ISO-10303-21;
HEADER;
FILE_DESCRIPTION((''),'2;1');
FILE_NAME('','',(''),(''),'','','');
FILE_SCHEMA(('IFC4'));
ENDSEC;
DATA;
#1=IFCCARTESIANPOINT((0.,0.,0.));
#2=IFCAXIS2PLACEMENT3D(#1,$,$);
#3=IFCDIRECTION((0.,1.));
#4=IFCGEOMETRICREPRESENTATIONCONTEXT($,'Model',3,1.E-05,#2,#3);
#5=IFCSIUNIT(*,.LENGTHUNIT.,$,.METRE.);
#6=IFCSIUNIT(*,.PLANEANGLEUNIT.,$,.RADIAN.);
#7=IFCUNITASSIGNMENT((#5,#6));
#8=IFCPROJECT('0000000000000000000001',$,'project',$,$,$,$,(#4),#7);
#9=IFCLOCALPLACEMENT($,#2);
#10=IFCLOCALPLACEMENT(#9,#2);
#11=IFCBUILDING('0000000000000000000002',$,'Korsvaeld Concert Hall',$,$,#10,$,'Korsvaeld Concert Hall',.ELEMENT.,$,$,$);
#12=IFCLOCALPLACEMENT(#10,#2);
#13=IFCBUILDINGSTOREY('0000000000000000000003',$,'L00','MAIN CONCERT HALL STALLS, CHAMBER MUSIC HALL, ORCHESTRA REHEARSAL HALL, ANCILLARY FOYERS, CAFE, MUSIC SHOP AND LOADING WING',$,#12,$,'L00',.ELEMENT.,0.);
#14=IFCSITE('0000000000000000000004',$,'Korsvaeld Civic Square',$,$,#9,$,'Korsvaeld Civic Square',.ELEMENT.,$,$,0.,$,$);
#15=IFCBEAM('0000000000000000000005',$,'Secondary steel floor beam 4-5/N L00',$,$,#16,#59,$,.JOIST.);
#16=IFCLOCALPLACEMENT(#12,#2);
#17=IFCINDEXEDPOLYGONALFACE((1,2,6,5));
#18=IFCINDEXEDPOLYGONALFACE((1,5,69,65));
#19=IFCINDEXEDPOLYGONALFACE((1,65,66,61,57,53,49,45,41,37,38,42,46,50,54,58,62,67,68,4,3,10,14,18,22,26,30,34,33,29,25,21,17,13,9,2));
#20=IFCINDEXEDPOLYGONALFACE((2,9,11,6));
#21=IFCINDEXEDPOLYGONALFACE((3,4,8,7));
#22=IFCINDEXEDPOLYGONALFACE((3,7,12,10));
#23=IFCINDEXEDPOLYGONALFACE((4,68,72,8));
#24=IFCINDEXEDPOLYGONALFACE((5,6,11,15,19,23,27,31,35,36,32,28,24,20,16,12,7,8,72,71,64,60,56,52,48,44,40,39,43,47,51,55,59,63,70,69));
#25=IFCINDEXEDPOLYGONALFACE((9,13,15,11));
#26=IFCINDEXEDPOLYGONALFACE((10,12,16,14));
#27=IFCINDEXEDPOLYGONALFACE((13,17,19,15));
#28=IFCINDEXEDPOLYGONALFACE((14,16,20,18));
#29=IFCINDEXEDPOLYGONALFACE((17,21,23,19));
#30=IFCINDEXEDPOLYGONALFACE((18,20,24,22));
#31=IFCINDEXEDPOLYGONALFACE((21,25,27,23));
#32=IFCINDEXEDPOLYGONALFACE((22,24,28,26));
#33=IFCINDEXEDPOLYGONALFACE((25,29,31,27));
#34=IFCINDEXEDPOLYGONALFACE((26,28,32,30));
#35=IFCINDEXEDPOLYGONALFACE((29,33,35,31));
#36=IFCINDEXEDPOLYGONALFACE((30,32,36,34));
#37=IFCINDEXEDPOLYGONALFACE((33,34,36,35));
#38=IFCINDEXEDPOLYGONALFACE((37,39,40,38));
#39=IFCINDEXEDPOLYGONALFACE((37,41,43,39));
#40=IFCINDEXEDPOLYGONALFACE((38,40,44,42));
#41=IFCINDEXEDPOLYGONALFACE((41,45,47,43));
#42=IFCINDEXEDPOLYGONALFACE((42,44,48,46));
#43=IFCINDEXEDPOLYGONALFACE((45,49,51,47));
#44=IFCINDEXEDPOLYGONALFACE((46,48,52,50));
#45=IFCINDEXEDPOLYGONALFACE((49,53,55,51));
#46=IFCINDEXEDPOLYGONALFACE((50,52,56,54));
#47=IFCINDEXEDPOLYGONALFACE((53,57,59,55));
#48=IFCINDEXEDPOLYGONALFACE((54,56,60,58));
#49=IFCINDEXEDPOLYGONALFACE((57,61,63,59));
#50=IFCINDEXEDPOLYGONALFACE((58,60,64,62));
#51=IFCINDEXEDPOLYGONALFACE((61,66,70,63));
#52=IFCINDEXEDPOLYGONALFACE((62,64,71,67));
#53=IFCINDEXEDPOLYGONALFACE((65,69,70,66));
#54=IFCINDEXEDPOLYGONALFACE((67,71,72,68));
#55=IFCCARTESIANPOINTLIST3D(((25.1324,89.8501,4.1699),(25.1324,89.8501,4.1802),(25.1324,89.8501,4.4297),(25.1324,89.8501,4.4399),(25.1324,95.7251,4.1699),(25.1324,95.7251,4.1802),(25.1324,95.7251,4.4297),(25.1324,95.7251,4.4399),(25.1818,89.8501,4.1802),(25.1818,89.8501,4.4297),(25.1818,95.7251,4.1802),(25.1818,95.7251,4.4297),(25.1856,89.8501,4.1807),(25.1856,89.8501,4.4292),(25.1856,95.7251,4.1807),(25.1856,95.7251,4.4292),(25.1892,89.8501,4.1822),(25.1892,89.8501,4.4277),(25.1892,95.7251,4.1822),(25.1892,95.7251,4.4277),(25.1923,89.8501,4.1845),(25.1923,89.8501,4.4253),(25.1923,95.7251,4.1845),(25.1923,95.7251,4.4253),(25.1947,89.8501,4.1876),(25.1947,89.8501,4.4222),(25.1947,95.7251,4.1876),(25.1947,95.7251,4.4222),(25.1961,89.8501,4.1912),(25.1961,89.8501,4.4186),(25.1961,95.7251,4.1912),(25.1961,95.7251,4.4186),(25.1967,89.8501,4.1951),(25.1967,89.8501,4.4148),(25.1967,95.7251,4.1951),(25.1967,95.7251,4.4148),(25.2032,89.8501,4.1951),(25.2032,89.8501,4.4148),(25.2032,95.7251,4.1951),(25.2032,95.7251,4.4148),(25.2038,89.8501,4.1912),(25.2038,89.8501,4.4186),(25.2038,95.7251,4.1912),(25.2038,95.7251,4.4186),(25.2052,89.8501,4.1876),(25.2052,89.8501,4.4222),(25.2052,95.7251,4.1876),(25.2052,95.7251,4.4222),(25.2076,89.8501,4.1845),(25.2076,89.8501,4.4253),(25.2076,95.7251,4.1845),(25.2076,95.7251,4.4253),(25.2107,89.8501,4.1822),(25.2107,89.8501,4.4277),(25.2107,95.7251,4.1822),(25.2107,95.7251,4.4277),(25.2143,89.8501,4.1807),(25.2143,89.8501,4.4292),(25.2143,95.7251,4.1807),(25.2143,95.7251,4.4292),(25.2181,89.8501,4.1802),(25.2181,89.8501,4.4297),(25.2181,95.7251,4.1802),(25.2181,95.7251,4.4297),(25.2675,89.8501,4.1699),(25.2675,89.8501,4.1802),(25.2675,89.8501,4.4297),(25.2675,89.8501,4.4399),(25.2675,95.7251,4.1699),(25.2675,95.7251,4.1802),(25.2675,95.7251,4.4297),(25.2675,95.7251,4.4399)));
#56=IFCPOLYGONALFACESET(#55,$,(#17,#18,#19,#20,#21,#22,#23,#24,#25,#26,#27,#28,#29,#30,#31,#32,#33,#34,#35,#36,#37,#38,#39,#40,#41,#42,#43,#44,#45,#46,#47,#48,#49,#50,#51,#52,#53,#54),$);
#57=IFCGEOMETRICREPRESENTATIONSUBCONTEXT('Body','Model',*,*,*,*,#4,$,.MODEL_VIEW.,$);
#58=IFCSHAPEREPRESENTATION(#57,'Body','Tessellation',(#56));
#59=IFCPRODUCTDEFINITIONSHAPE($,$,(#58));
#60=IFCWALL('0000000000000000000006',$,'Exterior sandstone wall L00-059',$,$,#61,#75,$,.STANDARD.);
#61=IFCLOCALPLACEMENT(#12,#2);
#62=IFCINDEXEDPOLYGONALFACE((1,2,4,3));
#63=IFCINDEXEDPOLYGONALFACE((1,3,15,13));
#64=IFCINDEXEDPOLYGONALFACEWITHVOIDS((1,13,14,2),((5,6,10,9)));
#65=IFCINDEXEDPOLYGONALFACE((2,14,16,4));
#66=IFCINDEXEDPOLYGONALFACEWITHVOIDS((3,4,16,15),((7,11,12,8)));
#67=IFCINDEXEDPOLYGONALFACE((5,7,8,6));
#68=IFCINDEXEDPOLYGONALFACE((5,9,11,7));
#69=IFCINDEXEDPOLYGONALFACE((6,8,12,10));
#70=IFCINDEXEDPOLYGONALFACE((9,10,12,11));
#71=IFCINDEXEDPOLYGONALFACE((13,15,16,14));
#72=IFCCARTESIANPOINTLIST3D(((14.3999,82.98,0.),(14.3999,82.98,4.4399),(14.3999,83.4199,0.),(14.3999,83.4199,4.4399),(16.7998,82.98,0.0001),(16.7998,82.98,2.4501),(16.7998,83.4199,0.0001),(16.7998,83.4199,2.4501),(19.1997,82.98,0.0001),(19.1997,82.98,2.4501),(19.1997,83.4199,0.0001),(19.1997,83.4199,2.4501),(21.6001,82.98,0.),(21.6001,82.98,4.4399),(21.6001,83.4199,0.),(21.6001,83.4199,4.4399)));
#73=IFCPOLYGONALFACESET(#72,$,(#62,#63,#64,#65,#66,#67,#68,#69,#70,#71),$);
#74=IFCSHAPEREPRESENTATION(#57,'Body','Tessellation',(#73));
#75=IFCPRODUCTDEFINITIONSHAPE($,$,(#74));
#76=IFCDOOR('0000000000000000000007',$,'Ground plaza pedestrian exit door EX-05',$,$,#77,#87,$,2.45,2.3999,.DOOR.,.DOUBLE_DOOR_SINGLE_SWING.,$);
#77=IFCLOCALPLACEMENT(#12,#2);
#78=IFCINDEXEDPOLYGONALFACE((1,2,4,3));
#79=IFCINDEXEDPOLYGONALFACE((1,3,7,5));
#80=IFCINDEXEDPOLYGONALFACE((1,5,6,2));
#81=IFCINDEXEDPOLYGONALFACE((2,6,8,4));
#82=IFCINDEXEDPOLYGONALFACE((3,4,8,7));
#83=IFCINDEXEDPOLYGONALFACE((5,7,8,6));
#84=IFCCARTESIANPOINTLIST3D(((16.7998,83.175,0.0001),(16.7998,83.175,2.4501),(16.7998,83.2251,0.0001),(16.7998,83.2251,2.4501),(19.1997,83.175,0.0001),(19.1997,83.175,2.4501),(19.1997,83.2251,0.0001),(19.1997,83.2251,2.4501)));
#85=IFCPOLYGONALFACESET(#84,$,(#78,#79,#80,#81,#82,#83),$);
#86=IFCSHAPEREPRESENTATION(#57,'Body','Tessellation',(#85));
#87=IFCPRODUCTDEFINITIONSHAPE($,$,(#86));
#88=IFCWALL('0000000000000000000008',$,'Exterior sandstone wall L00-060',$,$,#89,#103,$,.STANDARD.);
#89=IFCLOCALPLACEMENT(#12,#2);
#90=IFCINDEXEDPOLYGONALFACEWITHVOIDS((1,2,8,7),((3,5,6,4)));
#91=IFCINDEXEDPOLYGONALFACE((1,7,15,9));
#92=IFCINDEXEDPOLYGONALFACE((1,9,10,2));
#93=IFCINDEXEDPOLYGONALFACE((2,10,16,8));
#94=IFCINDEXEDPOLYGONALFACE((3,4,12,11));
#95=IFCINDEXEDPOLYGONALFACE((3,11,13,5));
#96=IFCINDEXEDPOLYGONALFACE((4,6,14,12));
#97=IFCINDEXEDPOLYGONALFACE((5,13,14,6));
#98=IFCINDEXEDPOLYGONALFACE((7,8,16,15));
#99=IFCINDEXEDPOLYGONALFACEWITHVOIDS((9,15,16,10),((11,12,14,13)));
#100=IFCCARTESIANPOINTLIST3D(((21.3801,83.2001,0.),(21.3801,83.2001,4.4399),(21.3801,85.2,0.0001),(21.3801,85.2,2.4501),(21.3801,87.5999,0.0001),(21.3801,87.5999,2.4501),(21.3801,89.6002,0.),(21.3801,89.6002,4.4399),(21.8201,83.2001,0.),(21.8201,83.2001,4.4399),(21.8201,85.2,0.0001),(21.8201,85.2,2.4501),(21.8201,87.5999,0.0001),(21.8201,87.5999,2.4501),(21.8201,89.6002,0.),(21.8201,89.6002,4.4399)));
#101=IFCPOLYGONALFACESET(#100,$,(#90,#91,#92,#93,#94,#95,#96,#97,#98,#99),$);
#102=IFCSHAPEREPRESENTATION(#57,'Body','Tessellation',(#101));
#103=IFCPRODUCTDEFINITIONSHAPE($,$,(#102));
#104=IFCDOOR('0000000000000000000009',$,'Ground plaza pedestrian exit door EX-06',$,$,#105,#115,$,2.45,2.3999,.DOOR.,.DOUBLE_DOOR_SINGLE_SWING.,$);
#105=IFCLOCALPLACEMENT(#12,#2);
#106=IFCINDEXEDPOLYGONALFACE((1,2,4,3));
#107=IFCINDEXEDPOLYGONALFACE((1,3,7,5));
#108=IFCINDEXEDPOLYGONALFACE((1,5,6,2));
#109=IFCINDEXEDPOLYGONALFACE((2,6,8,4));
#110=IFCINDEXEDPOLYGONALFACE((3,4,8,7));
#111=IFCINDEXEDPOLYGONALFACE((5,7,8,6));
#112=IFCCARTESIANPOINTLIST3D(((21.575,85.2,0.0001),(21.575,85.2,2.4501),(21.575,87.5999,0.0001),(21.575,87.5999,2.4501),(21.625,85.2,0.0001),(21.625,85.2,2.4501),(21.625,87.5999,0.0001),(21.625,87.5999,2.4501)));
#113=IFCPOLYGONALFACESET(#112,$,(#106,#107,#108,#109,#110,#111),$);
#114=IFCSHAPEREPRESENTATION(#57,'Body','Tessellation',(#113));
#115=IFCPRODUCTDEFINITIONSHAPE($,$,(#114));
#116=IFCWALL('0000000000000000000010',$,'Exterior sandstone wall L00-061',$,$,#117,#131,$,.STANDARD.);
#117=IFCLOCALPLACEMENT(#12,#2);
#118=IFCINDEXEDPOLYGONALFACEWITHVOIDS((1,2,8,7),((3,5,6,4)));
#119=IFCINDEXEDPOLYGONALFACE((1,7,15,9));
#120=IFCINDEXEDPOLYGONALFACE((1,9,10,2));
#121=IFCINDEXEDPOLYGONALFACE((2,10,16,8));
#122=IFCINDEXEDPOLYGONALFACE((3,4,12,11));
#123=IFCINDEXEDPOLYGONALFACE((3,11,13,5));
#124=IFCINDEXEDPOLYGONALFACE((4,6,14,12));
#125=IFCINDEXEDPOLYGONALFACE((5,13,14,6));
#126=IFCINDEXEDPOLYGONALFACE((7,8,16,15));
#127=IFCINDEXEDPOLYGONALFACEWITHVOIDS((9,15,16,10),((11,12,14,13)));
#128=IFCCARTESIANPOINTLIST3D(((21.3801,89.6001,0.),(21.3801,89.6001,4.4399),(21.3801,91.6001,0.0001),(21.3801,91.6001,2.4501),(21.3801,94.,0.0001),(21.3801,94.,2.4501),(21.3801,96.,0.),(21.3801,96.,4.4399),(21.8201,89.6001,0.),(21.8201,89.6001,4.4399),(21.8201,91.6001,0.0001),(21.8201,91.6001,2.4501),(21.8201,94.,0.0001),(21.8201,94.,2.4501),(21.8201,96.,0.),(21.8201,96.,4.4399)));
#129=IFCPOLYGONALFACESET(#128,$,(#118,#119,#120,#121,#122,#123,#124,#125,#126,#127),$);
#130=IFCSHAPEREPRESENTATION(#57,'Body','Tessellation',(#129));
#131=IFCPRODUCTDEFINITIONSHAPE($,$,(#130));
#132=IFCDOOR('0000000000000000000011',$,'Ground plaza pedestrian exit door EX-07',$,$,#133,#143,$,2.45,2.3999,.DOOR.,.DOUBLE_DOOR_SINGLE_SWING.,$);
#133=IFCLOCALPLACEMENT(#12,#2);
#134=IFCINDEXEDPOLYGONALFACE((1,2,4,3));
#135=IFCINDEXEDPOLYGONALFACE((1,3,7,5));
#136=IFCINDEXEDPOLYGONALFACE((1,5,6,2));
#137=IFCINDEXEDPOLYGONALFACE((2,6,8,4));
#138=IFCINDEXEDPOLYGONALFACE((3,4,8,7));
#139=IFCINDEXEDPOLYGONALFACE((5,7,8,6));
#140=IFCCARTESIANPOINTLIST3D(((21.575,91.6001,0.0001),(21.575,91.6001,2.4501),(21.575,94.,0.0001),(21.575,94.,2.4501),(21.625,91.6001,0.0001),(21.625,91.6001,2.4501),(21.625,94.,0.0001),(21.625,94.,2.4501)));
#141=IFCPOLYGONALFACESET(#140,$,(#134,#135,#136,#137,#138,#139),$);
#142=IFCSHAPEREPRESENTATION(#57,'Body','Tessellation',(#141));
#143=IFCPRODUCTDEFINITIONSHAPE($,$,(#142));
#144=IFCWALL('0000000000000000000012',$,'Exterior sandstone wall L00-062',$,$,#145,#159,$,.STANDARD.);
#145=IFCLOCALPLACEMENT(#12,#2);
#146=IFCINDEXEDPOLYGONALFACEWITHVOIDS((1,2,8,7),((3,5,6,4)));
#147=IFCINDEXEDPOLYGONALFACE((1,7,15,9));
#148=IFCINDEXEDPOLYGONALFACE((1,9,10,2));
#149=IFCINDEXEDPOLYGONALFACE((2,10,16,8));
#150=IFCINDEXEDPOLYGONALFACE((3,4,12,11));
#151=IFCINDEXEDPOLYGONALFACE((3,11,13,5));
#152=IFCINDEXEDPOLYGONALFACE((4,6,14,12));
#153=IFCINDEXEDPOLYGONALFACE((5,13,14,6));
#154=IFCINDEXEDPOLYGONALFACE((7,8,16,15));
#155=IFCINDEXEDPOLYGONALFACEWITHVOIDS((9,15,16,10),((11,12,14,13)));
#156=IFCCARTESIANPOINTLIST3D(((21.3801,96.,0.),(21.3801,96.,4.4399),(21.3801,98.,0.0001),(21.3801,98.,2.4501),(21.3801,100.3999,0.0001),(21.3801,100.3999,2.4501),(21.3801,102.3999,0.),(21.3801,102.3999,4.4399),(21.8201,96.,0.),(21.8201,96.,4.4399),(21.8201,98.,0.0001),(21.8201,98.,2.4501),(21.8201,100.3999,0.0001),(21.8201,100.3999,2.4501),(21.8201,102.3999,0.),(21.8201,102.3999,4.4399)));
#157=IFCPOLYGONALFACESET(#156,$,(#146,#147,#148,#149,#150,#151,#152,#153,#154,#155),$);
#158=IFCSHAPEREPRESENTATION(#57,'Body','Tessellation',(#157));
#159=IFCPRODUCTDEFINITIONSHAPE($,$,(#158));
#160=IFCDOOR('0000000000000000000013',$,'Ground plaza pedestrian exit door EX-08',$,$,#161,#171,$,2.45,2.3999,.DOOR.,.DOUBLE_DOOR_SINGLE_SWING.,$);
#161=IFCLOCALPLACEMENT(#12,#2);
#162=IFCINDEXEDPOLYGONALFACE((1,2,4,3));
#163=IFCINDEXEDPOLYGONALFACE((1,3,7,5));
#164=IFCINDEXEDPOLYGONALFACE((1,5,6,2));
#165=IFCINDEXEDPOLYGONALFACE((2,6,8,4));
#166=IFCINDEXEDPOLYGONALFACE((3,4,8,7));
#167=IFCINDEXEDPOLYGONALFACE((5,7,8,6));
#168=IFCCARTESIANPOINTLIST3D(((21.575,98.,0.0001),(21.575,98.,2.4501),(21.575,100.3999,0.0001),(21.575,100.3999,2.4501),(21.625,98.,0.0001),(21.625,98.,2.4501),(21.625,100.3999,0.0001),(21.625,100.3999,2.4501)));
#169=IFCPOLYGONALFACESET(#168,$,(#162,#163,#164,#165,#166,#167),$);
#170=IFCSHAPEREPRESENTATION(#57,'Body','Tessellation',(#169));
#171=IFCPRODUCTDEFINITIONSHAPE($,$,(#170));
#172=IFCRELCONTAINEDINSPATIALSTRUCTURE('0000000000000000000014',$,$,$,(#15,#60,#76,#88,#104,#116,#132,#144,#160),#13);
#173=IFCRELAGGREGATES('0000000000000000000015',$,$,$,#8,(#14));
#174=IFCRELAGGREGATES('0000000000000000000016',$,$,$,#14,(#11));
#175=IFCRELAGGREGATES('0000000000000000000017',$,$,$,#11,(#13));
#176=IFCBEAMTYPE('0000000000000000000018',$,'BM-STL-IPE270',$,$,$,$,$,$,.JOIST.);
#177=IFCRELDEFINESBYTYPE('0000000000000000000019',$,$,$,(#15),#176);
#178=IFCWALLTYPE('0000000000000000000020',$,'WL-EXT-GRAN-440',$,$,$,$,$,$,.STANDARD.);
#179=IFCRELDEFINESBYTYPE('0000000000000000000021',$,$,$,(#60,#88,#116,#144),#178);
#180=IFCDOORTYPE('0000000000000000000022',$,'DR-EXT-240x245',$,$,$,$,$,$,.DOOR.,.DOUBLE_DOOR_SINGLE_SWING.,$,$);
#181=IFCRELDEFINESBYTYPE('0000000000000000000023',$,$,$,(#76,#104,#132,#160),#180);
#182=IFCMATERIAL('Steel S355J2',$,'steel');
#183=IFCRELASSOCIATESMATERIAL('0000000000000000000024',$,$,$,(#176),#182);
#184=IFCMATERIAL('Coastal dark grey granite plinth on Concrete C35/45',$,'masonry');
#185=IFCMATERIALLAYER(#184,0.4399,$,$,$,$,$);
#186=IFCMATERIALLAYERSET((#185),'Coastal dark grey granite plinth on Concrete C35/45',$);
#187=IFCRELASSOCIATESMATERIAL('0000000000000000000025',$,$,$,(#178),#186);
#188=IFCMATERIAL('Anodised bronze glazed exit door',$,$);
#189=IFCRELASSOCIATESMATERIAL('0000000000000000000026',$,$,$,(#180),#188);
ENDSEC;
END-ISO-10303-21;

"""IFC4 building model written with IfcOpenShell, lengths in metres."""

from ifc_helpers import new_model, si_unit, direction, frame, frame_2d, origin, origin_2d, place, context, subcontext, project, spatial, rectangle, i_section, extrude, material, layer, layer_set, material_profile, profile_set, type_object, element, fill, save


model = new_model("IFC4")

# Units and contexts
model_context = context("Model", 3, precision=1e-05, world=origin(), true_north=direction((0.0, 1.0)))
body_context = subcontext(model_context, "Body", "Model", "MODEL_VIEW")
ifc_project = project(units=[si_unit("LENGTHUNIT", "METRE"), si_unit("PLANEANGLEUNIT", "RADIAN")], contexts=[model_context])

# Site, building, storey
site_placement = place(None, origin())
site = spatial("IfcSite", under=ifc_project, at=site_placement, Name="Korsvaeld Civic Square", LongName="Korsvaeld Civic Square", CompositionType="ELEMENT", RefElevation=0.0)
building_placement = place(site_placement, origin())
building = spatial("IfcBuilding", under=site, at=building_placement, Name="Korsvaeld Concert Hall", LongName="Korsvaeld Concert Hall", CompositionType="ELEMENT")
storey_placement = place(building_placement, origin())
storey = spatial("IfcBuildingStorey", under=building, at=storey_placement, Name="L00", Description="MAIN CONCERT HALL STALLS, CHAMBER MUSIC HALL, ORCHESTRA REHEARSAL HALL, ANCILLARY FOYERS, CAFE, MUSIC SHOP AND LOADING WING", LongName="L00", CompositionType="ELEMENT", Elevation=0.0)

# Beam
ifc_material_1 = material(Name="Steel S355J2", Category="steel")
ifc_material_profile_1 = material_profile(ifc_material_1, i_section(OverallWidth=0.135, OverallDepth=0.27, WebThickness=0.0066, FlangeThickness=0.0103, FilletRadius=0.0149, at=origin_2d()), Name="IPE 270")
ifc_profile_set_1 = profile_set([ifc_material_profile_1], Name="Steel S355J2")
beam_type_1 = type_object("IfcBeamType", Name="BM-STL-IPE270", PredefinedType="JOIST", material=ifc_profile_set_1)
beam_1_placement = place(storey_placement, frame((25.2, 89.8501, 4.3049), z_axis=(0.0, 1.0, 0.0), x_axis=(-1.0, 0.0, 0.0)))
element("IfcBeam", 1, at=beam_1_placement, inside=storey, type_object=beam_type_1, Name="Secondary steel floor beam 4-5/N L00", PredefinedType="JOIST", context=body_context, shape_type="SweptSolid", body=[
    extrude(i_section(OverallWidth=0.135, OverallDepth=0.27, WebThickness=0.0066, FlangeThickness=0.0103, FilletRadius=0.0149, at=origin_2d()), origin(), (0.0, 0.0, 1.0), 5.875),
])

# Walls, openings, doors
ifc_material_2 = material(Name="Coastal dark grey granite plinth on Concrete C35/45", Category="masonry")
ifc_layer_1 = layer(ifc_material_2, 0.4399)
ifc_layer_set_1 = layer_set([ifc_layer_1], Name="Coastal dark grey granite plinth on Concrete C35/45")
wall_type_1 = type_object("IfcWallType", Name="WL-EXT-GRAN-440", PredefinedType="STANDARD", material=ifc_layer_set_1)
wall_1_placement = place(storey_placement, frame((14.3999, 83.2, 0.0), z_axis=(0.0, 0.0, 1.0), x_axis=(1.0, 0.0, 0.0)))
wall_1 = element("IfcWall", 2, at=wall_1_placement, inside=storey, type_object=wall_type_1, Name="Exterior sandstone wall L00-059", PredefinedType="STANDARD", context=body_context, shape_type="SweptSolid", body=[
    extrude(rectangle(XDim=7.2002, YDim=0.4399, at=frame_2d((3.6001, 0.0))), origin(), (0.0, 0.0, 1.0), 4.4399),
])
opening_1_placement = place(wall_1_placement, frame((2.3999, 0.0, 0.0)))
opening_1 = element("IfcOpeningElement", 3, at=opening_1_placement, cuts=wall_1, PredefinedType="OPENING", context=body_context, shape_type="SweptSolid", body=[
    extrude(rectangle(XDim=2.3999, YDim=2.45, at=frame_2d((1.2, 1.2251))), frame((0.0, 0.23, 0.0), z_axis=(0.0, -1.0, 0.0), x_axis=(1.0, 0.0, 0.0)), (0.0, 0.0, 1.0), 0.46),
])
ifc_material_3 = material(Name="Anodised bronze glazed exit door")
door_type_1 = type_object("IfcDoorType", Name="DR-EXT-240x245", OperationType="DOUBLE_DOOR_SINGLE_SWING", PredefinedType="DOOR", material=ifc_material_3)
door_1_placement = place(opening_1_placement, frame((2.3999, 0.0, 0.0), z_axis=(0.0, 0.0, 1.0), x_axis=(-1.0, 0.0, 0.0)))
door_1 = element("IfcDoor", 4, at=door_1_placement, inside=storey, type_object=door_type_1, Name="Ground plaza pedestrian exit door EX-05", OperationType="DOUBLE_DOOR_SINGLE_SWING", OverallHeight=2.45, OverallWidth=2.3999, PredefinedType="DOOR", context=body_context, shape_type="SweptSolid", body=[
    extrude(rectangle(XDim=2.3999, YDim=2.45, at=frame_2d((1.2, 1.2251))), frame((0.0, 0.0249, 0.0), z_axis=(0.0, -1.0, 0.0), x_axis=(1.0, 0.0, 0.0)), (0.0, 0.0, 1.0), 0.05),
])
fill(opening_1, door_1)
wall_2_placement = place(storey_placement, frame((21.6001, 83.2, 0.0), z_axis=(0.0, 0.0, 1.0), x_axis=(0.0, 1.0, 0.0)))
wall_2 = element("IfcWall", 5, at=wall_2_placement, inside=storey, type_object=wall_type_1, Name="Exterior sandstone wall L00-060", PredefinedType="STANDARD", context=body_context, shape_type="SweptSolid", body=[
    extrude(rectangle(XDim=6.4001, YDim=0.4399, at=frame_2d((3.2002, 0.0))), origin(), (0.0, 0.0, 1.0), 4.4399),
])
opening_2_placement = place(wall_2_placement, frame((2.0, 0.0, 0.0)))
opening_2 = element("IfcOpeningElement", 6, at=opening_2_placement, cuts=wall_2, PredefinedType="OPENING", context=body_context, shape_type="SweptSolid", body=[
    extrude(rectangle(XDim=2.3999, YDim=2.45, at=frame_2d((1.2, 1.2251))), frame((0.0, 0.23, 0.0), z_axis=(0.0, -1.0, 0.0), x_axis=(1.0, 0.0, 0.0)), (0.0, 0.0, 1.0), 0.46),
])
door_2_placement = place(opening_2_placement, frame((2.3999, 0.0, 0.0), z_axis=(0.0, 0.0, 1.0), x_axis=(-1.0, 0.0, 0.0)))
door_2 = element("IfcDoor", 7, at=door_2_placement, inside=storey, type_object=door_type_1, Name="Ground plaza pedestrian exit door EX-06", OperationType="DOUBLE_DOOR_SINGLE_SWING", OverallHeight=2.45, OverallWidth=2.3999, PredefinedType="DOOR", context=body_context, shape_type="SweptSolid", body=[
    extrude(rectangle(XDim=2.3999, YDim=2.45, at=frame_2d((1.2, 1.2251))), frame((0.0, 0.0249, 0.0), z_axis=(0.0, -1.0, 0.0), x_axis=(1.0, 0.0, 0.0)), (0.0, 0.0, 1.0), 0.05),
])
fill(opening_2, door_2)
wall_3_placement = place(storey_placement, frame((21.6001, 89.6001, 0.0), z_axis=(0.0, 0.0, 1.0), x_axis=(0.0, 1.0, 0.0)))
wall_3 = element("IfcWall", 8, at=wall_3_placement, inside=storey, type_object=wall_type_1, Name="Exterior sandstone wall L00-061", PredefinedType="STANDARD", context=body_context, shape_type="SweptSolid", body=[
    extrude(rectangle(XDim=6.3999, YDim=0.4399, at=frame_2d((3.2, 0.0))), origin(), (0.0, 0.0, 1.0), 4.4399),
])
opening_3_placement = place(wall_3_placement, frame((2.0, 0.0, 0.0)))
opening_3 = element("IfcOpeningElement", 9, at=opening_3_placement, cuts=wall_3, PredefinedType="OPENING", context=body_context, shape_type="SweptSolid", body=[
    extrude(rectangle(XDim=2.3999, YDim=2.45, at=frame_2d((1.2, 1.2251))), frame((0.0, 0.23, 0.0), z_axis=(0.0, -1.0, 0.0), x_axis=(1.0, 0.0, 0.0)), (0.0, 0.0, 1.0), 0.46),
])
door_3_placement = place(opening_3_placement, frame((2.3999, 0.0, 0.0), z_axis=(0.0, 0.0, 1.0), x_axis=(-1.0, 0.0, 0.0)))
door_3 = element("IfcDoor", 10, at=door_3_placement, inside=storey, type_object=door_type_1, Name="Ground plaza pedestrian exit door EX-07", OperationType="DOUBLE_DOOR_SINGLE_SWING", OverallHeight=2.45, OverallWidth=2.3999, PredefinedType="DOOR", context=body_context, shape_type="SweptSolid", body=[
    extrude(rectangle(XDim=2.3999, YDim=2.45, at=frame_2d((1.2, 1.2251))), frame((0.0, 0.0249, 0.0), z_axis=(0.0, -1.0, 0.0), x_axis=(1.0, 0.0, 0.0)), (0.0, 0.0, 1.0), 0.05),
])
fill(opening_3, door_3)
wall_4_placement = place(storey_placement, frame((21.6001, 96.0, 0.0), z_axis=(0.0, 0.0, 1.0), x_axis=(0.0, 1.0, 0.0)))
wall_4 = element("IfcWall", 11, at=wall_4_placement, inside=storey, type_object=wall_type_1, Name="Exterior sandstone wall L00-062", PredefinedType="STANDARD", context=body_context, shape_type="SweptSolid", body=[
    extrude(rectangle(XDim=6.3999, YDim=0.4399, at=frame_2d((3.2, 0.0))), origin(), (0.0, 0.0, 1.0), 4.4399),
])
opening_4_placement = place(wall_4_placement, frame((2.0, 0.0, 0.0)))
opening_4 = element("IfcOpeningElement", 12, at=opening_4_placement, cuts=wall_4, PredefinedType="OPENING", context=body_context, shape_type="SweptSolid", body=[
    extrude(rectangle(XDim=2.3999, YDim=2.45, at=frame_2d((1.2, 1.2251))), frame((0.0, 0.23, 0.0), z_axis=(0.0, -1.0, 0.0), x_axis=(1.0, 0.0, 0.0)), (0.0, 0.0, 1.0), 0.46),
])
door_4_placement = place(opening_4_placement, frame((2.3999, 0.0, 0.0), z_axis=(0.0, 0.0, 1.0), x_axis=(-1.0, 0.0, 0.0)))
door_4 = element("IfcDoor", 13, at=door_4_placement, inside=storey, type_object=door_type_1, Name="Ground plaza pedestrian exit door EX-08", OperationType="DOUBLE_DOOR_SINGLE_SWING", OverallHeight=2.45, OverallWidth=2.3999, PredefinedType="DOOR", context=body_context, shape_type="SweptSolid", body=[
    extrude(rectangle(XDim=2.3999, YDim=2.45, at=frame_2d((1.2, 1.2251))), frame((0.0, 0.0249, 0.0), z_axis=(0.0, -1.0, 0.0), x_axis=(1.0, 0.0, 0.0)), (0.0, 0.0, 1.0), 0.05),
])
fill(opening_4, door_4)

save(model, "model.ifc")
